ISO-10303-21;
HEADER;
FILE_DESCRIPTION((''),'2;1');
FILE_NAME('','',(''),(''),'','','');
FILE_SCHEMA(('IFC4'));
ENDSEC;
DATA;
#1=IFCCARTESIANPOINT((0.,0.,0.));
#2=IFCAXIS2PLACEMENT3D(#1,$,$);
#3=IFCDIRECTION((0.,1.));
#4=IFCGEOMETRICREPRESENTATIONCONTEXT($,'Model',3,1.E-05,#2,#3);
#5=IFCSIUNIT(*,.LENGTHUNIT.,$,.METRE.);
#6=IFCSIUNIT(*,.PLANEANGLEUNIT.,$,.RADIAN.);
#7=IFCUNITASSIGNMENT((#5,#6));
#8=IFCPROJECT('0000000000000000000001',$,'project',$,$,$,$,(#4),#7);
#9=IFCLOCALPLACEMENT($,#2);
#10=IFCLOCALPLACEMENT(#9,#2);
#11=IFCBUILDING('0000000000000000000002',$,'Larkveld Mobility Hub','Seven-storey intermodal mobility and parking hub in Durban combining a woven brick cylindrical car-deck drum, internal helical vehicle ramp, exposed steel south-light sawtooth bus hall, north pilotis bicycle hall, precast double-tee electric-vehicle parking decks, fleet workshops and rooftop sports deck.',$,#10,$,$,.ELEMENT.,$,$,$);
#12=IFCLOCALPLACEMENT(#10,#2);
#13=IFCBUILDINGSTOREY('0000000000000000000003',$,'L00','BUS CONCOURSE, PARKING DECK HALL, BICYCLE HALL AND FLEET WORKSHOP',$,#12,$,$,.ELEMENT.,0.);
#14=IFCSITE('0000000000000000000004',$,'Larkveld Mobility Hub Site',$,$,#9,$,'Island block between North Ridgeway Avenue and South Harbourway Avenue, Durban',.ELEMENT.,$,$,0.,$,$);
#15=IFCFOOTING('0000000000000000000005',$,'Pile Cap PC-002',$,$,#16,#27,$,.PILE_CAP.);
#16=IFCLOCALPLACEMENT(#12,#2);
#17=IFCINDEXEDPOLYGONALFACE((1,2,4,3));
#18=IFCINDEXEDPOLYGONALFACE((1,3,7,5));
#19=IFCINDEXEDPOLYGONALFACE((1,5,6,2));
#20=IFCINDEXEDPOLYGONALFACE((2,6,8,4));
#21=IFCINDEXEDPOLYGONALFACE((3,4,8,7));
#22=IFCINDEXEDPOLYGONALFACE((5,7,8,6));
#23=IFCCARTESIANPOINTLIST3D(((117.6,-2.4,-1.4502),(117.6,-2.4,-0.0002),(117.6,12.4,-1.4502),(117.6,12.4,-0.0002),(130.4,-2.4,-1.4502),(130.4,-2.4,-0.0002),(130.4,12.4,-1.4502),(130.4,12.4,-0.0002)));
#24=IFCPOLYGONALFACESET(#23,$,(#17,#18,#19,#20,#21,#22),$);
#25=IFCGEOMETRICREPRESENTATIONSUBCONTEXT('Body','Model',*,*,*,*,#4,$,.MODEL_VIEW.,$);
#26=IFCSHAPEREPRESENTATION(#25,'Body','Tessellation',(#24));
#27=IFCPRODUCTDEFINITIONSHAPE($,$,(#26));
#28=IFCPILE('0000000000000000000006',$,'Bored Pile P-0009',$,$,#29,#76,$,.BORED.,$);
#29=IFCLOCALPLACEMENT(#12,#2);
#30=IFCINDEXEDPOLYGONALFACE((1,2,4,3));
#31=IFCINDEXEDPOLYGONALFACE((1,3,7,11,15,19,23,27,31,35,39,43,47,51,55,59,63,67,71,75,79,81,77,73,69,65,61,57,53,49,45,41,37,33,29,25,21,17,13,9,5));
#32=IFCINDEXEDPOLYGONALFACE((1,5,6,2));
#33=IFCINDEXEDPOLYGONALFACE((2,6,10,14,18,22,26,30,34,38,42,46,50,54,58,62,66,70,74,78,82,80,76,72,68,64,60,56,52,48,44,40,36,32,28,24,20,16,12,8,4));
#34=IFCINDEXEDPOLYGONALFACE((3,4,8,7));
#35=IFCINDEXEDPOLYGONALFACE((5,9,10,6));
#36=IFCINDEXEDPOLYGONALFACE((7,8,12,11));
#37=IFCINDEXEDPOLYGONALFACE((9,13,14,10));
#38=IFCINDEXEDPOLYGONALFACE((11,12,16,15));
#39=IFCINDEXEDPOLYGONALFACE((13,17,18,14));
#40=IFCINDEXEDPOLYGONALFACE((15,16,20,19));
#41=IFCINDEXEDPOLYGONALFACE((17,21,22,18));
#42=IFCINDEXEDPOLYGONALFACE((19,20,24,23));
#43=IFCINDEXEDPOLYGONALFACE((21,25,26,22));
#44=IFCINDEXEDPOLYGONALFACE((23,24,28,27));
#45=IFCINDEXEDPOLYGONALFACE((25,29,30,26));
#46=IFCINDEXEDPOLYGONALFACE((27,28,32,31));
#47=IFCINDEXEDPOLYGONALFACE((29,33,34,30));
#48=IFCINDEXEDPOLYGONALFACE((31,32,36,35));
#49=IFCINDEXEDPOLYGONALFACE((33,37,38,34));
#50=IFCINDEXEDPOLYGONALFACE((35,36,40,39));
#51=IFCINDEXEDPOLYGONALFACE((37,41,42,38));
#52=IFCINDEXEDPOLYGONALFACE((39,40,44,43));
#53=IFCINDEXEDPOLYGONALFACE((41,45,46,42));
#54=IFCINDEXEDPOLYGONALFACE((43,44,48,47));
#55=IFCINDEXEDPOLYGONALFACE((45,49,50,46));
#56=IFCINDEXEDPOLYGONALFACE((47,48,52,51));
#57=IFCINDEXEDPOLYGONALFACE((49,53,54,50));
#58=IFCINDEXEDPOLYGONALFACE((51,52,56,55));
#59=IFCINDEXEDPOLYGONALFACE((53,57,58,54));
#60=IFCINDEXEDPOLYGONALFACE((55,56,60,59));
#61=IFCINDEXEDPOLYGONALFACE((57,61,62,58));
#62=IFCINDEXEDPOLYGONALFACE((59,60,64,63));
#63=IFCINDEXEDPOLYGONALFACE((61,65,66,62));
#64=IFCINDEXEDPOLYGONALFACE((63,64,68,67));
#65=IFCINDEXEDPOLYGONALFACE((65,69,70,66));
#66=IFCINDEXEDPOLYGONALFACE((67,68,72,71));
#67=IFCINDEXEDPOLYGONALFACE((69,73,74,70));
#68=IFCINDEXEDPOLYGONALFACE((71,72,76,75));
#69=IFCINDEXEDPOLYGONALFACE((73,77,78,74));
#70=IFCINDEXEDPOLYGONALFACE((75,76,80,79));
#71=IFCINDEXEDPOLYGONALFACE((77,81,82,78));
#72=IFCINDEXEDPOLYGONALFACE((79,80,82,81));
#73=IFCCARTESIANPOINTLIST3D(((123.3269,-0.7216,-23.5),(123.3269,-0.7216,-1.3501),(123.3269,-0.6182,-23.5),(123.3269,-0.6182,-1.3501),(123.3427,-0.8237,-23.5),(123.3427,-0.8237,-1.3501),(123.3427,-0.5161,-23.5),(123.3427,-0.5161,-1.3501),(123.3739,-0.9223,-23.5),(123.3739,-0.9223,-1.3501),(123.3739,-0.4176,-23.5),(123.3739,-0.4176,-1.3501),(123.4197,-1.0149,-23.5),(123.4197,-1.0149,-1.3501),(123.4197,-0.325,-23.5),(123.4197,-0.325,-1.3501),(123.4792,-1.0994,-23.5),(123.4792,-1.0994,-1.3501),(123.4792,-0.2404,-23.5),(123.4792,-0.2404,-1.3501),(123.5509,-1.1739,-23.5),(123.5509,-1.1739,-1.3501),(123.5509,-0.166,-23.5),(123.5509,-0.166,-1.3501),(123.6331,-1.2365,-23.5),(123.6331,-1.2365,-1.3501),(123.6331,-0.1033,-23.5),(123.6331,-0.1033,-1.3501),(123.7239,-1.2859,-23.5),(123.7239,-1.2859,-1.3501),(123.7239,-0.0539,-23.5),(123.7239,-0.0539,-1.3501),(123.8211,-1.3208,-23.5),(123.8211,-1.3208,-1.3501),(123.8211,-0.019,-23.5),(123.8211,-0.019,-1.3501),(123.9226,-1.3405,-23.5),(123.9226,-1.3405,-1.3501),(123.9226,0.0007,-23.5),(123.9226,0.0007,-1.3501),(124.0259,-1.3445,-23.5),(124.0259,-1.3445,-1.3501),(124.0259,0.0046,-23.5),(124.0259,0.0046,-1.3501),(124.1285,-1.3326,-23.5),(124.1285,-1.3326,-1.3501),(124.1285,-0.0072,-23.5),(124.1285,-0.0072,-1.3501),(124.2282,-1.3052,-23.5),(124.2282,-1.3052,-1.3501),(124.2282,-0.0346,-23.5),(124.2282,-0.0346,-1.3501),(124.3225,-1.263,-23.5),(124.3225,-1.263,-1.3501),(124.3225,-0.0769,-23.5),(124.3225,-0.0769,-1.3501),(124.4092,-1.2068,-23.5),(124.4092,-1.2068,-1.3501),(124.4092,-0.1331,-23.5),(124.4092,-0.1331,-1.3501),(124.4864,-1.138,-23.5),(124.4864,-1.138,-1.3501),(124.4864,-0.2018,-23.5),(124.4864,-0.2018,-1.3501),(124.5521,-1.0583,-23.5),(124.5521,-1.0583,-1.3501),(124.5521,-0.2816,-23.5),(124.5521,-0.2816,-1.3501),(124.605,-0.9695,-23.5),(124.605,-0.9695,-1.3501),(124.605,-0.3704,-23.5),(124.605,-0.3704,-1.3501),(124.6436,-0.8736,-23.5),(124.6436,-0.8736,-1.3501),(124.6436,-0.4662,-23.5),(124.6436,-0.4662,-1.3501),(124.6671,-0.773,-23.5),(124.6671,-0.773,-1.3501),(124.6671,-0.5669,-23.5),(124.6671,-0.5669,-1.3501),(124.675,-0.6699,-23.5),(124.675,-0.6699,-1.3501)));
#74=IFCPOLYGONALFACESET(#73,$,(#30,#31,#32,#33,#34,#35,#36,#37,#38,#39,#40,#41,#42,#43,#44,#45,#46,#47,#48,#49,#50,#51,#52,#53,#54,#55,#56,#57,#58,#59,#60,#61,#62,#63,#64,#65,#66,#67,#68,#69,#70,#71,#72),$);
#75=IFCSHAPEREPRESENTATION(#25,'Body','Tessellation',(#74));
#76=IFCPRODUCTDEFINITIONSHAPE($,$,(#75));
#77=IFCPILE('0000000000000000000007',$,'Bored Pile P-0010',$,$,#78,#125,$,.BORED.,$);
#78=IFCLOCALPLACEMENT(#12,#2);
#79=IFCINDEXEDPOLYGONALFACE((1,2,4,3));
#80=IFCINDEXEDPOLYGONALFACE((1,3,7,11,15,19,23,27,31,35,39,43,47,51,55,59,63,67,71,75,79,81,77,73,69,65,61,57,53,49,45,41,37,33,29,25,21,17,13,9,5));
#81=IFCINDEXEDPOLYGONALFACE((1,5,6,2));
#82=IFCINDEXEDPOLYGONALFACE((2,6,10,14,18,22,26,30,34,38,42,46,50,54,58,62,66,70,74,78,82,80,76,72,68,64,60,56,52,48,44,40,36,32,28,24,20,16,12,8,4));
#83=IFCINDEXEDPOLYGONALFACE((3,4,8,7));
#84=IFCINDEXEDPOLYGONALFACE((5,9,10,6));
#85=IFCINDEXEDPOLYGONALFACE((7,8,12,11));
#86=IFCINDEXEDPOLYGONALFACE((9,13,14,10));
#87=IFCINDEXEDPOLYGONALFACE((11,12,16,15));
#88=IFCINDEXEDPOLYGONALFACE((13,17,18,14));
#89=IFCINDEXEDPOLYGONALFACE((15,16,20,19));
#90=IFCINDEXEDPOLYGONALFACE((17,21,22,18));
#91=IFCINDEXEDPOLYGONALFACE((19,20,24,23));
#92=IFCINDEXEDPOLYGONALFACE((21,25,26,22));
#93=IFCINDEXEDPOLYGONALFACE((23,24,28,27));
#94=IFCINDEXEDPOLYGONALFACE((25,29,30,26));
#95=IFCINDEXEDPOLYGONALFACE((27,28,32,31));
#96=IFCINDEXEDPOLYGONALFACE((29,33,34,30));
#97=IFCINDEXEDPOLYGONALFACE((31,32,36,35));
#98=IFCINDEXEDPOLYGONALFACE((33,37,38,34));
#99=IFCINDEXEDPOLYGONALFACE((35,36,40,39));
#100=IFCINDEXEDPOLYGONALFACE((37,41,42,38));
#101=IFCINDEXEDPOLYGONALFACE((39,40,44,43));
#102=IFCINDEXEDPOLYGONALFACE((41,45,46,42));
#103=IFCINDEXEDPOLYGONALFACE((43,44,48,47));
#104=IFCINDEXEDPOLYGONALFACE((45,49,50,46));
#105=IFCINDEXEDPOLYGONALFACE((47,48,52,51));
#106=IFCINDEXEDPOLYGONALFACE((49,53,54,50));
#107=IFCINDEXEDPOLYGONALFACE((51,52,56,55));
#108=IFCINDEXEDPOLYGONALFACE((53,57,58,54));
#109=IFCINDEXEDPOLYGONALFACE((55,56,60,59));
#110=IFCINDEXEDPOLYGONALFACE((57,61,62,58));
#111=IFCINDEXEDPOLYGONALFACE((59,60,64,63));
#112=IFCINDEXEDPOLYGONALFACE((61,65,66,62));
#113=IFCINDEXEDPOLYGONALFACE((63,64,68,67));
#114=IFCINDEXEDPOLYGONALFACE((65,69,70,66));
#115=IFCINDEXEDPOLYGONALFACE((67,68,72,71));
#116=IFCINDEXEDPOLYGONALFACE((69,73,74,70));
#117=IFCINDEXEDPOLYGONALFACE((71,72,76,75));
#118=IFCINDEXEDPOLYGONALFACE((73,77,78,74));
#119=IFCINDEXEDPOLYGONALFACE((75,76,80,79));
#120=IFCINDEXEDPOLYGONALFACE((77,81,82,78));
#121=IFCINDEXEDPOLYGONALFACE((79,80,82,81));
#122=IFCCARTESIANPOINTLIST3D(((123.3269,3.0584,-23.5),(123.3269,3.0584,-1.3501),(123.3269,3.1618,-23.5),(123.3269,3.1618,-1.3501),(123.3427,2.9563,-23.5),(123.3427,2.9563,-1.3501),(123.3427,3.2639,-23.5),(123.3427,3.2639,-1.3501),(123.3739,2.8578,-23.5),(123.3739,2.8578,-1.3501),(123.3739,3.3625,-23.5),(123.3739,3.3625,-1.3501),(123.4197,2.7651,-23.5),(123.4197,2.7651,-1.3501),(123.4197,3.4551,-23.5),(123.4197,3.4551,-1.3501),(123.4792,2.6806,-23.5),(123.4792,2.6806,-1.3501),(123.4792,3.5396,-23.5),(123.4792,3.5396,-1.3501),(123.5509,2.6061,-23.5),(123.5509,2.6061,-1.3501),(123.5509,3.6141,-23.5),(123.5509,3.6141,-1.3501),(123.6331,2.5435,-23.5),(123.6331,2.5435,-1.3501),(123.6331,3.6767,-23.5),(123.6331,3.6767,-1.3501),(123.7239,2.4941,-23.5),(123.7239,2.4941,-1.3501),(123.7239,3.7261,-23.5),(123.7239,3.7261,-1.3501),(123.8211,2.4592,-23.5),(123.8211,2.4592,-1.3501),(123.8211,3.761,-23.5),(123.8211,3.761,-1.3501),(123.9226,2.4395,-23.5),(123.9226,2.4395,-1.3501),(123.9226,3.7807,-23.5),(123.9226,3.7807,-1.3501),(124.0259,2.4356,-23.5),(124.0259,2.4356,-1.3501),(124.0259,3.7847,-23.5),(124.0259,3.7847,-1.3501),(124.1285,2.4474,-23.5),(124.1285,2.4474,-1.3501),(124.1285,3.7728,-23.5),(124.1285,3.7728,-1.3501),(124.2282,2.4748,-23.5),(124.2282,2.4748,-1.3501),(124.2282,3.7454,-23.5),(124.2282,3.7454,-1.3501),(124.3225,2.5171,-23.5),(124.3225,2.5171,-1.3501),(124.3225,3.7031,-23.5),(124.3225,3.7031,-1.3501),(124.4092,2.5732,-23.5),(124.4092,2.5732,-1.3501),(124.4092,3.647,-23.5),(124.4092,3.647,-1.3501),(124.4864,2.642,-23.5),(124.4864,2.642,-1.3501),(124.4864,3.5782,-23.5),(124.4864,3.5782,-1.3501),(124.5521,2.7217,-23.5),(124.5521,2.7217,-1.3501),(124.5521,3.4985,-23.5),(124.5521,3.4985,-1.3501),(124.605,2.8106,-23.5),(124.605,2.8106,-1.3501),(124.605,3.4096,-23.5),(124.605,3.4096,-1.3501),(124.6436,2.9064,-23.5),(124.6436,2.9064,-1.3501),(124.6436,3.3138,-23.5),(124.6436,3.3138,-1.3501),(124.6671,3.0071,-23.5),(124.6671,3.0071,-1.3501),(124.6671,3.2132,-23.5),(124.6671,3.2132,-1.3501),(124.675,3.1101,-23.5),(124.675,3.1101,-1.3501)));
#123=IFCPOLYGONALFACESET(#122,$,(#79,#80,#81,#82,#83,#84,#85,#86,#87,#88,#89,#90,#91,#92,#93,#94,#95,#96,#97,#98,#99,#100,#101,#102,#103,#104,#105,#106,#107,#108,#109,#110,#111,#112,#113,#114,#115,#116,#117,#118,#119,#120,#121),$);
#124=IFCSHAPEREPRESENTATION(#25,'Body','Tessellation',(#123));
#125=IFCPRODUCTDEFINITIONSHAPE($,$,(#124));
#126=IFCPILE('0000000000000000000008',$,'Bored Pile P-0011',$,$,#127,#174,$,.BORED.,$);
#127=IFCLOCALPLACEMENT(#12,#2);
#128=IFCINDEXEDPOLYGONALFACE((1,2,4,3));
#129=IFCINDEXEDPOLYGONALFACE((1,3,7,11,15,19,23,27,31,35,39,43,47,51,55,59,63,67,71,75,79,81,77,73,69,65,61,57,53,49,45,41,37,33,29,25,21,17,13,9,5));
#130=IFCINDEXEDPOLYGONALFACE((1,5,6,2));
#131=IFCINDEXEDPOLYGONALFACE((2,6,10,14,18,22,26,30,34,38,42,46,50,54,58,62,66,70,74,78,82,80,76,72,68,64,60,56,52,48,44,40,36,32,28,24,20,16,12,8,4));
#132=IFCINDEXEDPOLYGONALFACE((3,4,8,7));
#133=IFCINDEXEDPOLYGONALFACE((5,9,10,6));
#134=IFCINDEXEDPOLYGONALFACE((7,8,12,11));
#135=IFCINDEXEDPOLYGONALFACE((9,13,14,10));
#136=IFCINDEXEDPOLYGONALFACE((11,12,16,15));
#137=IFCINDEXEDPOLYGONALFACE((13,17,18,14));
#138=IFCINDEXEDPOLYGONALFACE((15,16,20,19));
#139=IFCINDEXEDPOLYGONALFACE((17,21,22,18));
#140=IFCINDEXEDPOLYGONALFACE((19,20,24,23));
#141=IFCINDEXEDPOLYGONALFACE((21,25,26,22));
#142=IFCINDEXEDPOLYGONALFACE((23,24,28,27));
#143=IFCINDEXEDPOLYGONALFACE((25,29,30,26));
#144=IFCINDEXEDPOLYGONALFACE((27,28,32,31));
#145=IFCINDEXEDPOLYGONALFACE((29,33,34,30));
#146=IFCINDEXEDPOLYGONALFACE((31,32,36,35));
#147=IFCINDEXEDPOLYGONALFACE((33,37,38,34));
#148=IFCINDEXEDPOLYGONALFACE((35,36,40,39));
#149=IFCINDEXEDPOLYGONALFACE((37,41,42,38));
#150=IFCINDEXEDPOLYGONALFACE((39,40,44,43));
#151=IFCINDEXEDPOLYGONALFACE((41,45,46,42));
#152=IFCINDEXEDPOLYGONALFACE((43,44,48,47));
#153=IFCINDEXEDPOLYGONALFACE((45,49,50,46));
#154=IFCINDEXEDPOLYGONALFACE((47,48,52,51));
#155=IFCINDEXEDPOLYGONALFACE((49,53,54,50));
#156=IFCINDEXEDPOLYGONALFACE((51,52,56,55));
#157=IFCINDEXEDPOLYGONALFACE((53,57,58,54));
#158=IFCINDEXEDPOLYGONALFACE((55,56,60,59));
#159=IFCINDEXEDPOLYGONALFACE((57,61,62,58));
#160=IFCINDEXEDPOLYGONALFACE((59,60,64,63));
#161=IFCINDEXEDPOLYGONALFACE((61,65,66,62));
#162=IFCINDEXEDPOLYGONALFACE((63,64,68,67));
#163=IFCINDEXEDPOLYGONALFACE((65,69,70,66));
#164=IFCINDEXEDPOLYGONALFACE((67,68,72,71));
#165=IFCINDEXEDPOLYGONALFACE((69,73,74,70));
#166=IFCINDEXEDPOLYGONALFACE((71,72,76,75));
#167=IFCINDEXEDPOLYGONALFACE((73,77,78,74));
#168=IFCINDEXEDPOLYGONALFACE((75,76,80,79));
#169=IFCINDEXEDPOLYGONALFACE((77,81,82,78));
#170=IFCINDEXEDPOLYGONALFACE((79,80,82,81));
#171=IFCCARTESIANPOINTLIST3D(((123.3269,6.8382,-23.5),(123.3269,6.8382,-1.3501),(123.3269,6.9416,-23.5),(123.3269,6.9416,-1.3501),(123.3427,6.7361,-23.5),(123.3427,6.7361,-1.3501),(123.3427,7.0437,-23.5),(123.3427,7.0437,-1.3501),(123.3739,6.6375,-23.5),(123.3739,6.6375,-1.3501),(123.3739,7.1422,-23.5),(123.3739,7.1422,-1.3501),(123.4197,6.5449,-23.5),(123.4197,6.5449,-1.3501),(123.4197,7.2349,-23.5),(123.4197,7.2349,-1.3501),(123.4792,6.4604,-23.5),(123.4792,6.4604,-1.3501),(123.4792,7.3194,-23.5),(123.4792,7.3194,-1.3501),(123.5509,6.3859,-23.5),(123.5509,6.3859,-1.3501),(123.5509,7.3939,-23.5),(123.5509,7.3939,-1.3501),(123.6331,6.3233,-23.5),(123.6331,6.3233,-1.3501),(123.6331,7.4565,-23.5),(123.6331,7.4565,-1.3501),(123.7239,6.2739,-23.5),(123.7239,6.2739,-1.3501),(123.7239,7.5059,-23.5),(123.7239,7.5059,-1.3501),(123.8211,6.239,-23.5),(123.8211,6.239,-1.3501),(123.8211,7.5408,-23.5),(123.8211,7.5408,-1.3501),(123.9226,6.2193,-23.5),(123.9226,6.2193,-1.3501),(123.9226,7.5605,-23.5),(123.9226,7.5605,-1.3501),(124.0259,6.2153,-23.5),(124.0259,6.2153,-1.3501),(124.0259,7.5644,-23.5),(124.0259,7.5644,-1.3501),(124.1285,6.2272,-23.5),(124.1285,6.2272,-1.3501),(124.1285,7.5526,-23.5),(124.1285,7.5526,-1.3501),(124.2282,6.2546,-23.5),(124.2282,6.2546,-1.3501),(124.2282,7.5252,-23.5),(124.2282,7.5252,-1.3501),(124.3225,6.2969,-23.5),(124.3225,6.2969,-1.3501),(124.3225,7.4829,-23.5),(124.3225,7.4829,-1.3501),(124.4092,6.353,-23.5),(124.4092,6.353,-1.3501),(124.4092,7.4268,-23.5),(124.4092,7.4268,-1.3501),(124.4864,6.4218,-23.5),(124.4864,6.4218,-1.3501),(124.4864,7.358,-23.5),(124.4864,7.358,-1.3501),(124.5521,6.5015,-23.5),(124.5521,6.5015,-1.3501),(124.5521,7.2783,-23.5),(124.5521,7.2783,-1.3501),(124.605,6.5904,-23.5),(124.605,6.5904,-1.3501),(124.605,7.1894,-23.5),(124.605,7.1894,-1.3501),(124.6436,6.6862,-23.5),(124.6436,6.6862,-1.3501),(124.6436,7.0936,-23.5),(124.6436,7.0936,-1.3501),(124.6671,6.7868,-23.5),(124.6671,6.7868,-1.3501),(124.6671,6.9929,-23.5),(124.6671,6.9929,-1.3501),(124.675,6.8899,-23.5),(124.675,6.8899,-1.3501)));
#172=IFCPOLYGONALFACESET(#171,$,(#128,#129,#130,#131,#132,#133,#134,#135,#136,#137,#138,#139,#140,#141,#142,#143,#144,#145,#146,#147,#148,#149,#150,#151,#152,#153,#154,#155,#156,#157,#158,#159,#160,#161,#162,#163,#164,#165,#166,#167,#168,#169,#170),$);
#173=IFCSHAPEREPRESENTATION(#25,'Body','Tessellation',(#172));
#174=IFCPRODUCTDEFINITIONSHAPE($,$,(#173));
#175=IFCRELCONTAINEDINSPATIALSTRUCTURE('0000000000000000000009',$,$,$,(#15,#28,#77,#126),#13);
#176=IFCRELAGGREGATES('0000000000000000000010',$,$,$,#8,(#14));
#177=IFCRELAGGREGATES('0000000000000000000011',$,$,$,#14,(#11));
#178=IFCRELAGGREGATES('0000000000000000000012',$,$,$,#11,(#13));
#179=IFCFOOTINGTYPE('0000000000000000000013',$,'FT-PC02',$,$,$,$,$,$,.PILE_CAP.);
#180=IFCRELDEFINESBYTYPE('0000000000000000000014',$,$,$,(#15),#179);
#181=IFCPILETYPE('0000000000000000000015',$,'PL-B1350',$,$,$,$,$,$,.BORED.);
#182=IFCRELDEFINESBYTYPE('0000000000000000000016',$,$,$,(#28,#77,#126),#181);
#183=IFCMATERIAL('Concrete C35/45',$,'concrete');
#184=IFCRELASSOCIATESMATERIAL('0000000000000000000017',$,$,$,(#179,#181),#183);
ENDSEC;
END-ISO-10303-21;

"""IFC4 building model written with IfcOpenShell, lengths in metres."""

from ifc_helpers import new_model, si_unit, direction, frame, origin, origin_2d, place, context, subcontext, project, spatial, rectangle, circle, extrude, material, material_profile, profile_set, type_object, element, save


model = new_model("IFC4")

# Units and contexts
model_context = context("Model", 3, precision=1e-05, world=origin(), true_north=direction((0.0, 1.0)))
body_context = subcontext(model_context, "Body", "Model", "MODEL_VIEW")
ifc_project = project(units=[si_unit("LENGTHUNIT", "METRE"), si_unit("PLANEANGLEUNIT", "RADIAN")], contexts=[model_context])

# Site, building, storey
site_placement = place(None, origin())
site = spatial("IfcSite", under=ifc_project, at=site_placement, Name="Larkveld Mobility Hub Site", LongName="Island block between North Ridgeway Avenue and South Harbourway Avenue, Durban", CompositionType="ELEMENT", RefElevation=0.0)
building_placement = place(site_placement, origin())
building = spatial("IfcBuilding", under=site, at=building_placement, Name="Larkveld Mobility Hub", Description="Seven-storey intermodal mobility and parking hub in Durban combining a woven brick cylindrical car-deck drum, internal helical vehicle ramp, exposed steel south-light sawtooth bus hall, north pilotis bicycle hall, precast double-tee electric-vehicle parking decks, fleet workshops and rooftop sports deck.", CompositionType="ELEMENT")
storey_placement = place(building_placement, origin())
storey = spatial("IfcBuildingStorey", under=building, at=storey_placement, Name="L00", Description="BUS CONCOURSE, PARKING DECK HALL, BICYCLE HALL AND FLEET WORKSHOP", CompositionType="ELEMENT", Elevation=0.0)

# Footing
ifc_material_1 = material(Name="Concrete C35/45", Category="concrete")
footing_type = type_object("IfcFootingType", Name="FT-PC02", PredefinedType="PILE_CAP", material=ifc_material_1)
footing_placement = place(storey_placement, frame((124.0, 5.0, -1.4502), z_axis=(0.0, 0.0, 1.0), x_axis=(1.0, 0.0, 0.0)))
element("IfcFooting", 1, at=footing_placement, inside=storey, type_object=footing_type, Name="Pile Cap PC-002", PredefinedType="PILE_CAP", context=body_context, shape_type="SweptSolid", body=[
    extrude(rectangle(XDim=12.8, YDim=14.8, at=origin_2d()), origin(), (0.0, 0.0, 1.0), 1.45),
])

# Piles
ifc_material_profile_1 = material_profile(ifc_material_1, circle(Radius=0.675, at=origin_2d()), Name="PILE D1350")
ifc_profile_set_1 = profile_set([ifc_material_profile_1], Name="Concrete C35/45")
pile_type = type_object("IfcPileType", Name="PL-B1350", PredefinedType="BORED", material=ifc_profile_set_1)
for number, where, z_axis, x_axis, name in (
    (2, (124.0, -0.6699, -1.3501), (0.0, 0.0, -1.0), (1.0, 0.0, 0.0), "Bored Pile P-0009"),
    (3, (124.0, 3.1101, -1.3501), (0.0, 0.0, -1.0), (1.0, 0.0, 0.0), "Bored Pile P-0010"),
    (4, (124.0, 6.8899, -1.3501), (0.0, 0.0, -1.0), (1.0, 0.0, 0.0), "Bored Pile P-0011"),
):
    element("IfcPile", number, at=place(storey_placement, frame(where, z_axis=z_axis, x_axis=x_axis)), inside=storey, type_object=pile_type, Name=name, PredefinedType="BORED", context=body_context, shape_type="SweptSolid", body=[
        extrude(circle(Radius=0.675, at=origin_2d()), origin(), (0.0, 0.0, 1.0), 22.1499),
    ])

save(model, "model.ifc")
